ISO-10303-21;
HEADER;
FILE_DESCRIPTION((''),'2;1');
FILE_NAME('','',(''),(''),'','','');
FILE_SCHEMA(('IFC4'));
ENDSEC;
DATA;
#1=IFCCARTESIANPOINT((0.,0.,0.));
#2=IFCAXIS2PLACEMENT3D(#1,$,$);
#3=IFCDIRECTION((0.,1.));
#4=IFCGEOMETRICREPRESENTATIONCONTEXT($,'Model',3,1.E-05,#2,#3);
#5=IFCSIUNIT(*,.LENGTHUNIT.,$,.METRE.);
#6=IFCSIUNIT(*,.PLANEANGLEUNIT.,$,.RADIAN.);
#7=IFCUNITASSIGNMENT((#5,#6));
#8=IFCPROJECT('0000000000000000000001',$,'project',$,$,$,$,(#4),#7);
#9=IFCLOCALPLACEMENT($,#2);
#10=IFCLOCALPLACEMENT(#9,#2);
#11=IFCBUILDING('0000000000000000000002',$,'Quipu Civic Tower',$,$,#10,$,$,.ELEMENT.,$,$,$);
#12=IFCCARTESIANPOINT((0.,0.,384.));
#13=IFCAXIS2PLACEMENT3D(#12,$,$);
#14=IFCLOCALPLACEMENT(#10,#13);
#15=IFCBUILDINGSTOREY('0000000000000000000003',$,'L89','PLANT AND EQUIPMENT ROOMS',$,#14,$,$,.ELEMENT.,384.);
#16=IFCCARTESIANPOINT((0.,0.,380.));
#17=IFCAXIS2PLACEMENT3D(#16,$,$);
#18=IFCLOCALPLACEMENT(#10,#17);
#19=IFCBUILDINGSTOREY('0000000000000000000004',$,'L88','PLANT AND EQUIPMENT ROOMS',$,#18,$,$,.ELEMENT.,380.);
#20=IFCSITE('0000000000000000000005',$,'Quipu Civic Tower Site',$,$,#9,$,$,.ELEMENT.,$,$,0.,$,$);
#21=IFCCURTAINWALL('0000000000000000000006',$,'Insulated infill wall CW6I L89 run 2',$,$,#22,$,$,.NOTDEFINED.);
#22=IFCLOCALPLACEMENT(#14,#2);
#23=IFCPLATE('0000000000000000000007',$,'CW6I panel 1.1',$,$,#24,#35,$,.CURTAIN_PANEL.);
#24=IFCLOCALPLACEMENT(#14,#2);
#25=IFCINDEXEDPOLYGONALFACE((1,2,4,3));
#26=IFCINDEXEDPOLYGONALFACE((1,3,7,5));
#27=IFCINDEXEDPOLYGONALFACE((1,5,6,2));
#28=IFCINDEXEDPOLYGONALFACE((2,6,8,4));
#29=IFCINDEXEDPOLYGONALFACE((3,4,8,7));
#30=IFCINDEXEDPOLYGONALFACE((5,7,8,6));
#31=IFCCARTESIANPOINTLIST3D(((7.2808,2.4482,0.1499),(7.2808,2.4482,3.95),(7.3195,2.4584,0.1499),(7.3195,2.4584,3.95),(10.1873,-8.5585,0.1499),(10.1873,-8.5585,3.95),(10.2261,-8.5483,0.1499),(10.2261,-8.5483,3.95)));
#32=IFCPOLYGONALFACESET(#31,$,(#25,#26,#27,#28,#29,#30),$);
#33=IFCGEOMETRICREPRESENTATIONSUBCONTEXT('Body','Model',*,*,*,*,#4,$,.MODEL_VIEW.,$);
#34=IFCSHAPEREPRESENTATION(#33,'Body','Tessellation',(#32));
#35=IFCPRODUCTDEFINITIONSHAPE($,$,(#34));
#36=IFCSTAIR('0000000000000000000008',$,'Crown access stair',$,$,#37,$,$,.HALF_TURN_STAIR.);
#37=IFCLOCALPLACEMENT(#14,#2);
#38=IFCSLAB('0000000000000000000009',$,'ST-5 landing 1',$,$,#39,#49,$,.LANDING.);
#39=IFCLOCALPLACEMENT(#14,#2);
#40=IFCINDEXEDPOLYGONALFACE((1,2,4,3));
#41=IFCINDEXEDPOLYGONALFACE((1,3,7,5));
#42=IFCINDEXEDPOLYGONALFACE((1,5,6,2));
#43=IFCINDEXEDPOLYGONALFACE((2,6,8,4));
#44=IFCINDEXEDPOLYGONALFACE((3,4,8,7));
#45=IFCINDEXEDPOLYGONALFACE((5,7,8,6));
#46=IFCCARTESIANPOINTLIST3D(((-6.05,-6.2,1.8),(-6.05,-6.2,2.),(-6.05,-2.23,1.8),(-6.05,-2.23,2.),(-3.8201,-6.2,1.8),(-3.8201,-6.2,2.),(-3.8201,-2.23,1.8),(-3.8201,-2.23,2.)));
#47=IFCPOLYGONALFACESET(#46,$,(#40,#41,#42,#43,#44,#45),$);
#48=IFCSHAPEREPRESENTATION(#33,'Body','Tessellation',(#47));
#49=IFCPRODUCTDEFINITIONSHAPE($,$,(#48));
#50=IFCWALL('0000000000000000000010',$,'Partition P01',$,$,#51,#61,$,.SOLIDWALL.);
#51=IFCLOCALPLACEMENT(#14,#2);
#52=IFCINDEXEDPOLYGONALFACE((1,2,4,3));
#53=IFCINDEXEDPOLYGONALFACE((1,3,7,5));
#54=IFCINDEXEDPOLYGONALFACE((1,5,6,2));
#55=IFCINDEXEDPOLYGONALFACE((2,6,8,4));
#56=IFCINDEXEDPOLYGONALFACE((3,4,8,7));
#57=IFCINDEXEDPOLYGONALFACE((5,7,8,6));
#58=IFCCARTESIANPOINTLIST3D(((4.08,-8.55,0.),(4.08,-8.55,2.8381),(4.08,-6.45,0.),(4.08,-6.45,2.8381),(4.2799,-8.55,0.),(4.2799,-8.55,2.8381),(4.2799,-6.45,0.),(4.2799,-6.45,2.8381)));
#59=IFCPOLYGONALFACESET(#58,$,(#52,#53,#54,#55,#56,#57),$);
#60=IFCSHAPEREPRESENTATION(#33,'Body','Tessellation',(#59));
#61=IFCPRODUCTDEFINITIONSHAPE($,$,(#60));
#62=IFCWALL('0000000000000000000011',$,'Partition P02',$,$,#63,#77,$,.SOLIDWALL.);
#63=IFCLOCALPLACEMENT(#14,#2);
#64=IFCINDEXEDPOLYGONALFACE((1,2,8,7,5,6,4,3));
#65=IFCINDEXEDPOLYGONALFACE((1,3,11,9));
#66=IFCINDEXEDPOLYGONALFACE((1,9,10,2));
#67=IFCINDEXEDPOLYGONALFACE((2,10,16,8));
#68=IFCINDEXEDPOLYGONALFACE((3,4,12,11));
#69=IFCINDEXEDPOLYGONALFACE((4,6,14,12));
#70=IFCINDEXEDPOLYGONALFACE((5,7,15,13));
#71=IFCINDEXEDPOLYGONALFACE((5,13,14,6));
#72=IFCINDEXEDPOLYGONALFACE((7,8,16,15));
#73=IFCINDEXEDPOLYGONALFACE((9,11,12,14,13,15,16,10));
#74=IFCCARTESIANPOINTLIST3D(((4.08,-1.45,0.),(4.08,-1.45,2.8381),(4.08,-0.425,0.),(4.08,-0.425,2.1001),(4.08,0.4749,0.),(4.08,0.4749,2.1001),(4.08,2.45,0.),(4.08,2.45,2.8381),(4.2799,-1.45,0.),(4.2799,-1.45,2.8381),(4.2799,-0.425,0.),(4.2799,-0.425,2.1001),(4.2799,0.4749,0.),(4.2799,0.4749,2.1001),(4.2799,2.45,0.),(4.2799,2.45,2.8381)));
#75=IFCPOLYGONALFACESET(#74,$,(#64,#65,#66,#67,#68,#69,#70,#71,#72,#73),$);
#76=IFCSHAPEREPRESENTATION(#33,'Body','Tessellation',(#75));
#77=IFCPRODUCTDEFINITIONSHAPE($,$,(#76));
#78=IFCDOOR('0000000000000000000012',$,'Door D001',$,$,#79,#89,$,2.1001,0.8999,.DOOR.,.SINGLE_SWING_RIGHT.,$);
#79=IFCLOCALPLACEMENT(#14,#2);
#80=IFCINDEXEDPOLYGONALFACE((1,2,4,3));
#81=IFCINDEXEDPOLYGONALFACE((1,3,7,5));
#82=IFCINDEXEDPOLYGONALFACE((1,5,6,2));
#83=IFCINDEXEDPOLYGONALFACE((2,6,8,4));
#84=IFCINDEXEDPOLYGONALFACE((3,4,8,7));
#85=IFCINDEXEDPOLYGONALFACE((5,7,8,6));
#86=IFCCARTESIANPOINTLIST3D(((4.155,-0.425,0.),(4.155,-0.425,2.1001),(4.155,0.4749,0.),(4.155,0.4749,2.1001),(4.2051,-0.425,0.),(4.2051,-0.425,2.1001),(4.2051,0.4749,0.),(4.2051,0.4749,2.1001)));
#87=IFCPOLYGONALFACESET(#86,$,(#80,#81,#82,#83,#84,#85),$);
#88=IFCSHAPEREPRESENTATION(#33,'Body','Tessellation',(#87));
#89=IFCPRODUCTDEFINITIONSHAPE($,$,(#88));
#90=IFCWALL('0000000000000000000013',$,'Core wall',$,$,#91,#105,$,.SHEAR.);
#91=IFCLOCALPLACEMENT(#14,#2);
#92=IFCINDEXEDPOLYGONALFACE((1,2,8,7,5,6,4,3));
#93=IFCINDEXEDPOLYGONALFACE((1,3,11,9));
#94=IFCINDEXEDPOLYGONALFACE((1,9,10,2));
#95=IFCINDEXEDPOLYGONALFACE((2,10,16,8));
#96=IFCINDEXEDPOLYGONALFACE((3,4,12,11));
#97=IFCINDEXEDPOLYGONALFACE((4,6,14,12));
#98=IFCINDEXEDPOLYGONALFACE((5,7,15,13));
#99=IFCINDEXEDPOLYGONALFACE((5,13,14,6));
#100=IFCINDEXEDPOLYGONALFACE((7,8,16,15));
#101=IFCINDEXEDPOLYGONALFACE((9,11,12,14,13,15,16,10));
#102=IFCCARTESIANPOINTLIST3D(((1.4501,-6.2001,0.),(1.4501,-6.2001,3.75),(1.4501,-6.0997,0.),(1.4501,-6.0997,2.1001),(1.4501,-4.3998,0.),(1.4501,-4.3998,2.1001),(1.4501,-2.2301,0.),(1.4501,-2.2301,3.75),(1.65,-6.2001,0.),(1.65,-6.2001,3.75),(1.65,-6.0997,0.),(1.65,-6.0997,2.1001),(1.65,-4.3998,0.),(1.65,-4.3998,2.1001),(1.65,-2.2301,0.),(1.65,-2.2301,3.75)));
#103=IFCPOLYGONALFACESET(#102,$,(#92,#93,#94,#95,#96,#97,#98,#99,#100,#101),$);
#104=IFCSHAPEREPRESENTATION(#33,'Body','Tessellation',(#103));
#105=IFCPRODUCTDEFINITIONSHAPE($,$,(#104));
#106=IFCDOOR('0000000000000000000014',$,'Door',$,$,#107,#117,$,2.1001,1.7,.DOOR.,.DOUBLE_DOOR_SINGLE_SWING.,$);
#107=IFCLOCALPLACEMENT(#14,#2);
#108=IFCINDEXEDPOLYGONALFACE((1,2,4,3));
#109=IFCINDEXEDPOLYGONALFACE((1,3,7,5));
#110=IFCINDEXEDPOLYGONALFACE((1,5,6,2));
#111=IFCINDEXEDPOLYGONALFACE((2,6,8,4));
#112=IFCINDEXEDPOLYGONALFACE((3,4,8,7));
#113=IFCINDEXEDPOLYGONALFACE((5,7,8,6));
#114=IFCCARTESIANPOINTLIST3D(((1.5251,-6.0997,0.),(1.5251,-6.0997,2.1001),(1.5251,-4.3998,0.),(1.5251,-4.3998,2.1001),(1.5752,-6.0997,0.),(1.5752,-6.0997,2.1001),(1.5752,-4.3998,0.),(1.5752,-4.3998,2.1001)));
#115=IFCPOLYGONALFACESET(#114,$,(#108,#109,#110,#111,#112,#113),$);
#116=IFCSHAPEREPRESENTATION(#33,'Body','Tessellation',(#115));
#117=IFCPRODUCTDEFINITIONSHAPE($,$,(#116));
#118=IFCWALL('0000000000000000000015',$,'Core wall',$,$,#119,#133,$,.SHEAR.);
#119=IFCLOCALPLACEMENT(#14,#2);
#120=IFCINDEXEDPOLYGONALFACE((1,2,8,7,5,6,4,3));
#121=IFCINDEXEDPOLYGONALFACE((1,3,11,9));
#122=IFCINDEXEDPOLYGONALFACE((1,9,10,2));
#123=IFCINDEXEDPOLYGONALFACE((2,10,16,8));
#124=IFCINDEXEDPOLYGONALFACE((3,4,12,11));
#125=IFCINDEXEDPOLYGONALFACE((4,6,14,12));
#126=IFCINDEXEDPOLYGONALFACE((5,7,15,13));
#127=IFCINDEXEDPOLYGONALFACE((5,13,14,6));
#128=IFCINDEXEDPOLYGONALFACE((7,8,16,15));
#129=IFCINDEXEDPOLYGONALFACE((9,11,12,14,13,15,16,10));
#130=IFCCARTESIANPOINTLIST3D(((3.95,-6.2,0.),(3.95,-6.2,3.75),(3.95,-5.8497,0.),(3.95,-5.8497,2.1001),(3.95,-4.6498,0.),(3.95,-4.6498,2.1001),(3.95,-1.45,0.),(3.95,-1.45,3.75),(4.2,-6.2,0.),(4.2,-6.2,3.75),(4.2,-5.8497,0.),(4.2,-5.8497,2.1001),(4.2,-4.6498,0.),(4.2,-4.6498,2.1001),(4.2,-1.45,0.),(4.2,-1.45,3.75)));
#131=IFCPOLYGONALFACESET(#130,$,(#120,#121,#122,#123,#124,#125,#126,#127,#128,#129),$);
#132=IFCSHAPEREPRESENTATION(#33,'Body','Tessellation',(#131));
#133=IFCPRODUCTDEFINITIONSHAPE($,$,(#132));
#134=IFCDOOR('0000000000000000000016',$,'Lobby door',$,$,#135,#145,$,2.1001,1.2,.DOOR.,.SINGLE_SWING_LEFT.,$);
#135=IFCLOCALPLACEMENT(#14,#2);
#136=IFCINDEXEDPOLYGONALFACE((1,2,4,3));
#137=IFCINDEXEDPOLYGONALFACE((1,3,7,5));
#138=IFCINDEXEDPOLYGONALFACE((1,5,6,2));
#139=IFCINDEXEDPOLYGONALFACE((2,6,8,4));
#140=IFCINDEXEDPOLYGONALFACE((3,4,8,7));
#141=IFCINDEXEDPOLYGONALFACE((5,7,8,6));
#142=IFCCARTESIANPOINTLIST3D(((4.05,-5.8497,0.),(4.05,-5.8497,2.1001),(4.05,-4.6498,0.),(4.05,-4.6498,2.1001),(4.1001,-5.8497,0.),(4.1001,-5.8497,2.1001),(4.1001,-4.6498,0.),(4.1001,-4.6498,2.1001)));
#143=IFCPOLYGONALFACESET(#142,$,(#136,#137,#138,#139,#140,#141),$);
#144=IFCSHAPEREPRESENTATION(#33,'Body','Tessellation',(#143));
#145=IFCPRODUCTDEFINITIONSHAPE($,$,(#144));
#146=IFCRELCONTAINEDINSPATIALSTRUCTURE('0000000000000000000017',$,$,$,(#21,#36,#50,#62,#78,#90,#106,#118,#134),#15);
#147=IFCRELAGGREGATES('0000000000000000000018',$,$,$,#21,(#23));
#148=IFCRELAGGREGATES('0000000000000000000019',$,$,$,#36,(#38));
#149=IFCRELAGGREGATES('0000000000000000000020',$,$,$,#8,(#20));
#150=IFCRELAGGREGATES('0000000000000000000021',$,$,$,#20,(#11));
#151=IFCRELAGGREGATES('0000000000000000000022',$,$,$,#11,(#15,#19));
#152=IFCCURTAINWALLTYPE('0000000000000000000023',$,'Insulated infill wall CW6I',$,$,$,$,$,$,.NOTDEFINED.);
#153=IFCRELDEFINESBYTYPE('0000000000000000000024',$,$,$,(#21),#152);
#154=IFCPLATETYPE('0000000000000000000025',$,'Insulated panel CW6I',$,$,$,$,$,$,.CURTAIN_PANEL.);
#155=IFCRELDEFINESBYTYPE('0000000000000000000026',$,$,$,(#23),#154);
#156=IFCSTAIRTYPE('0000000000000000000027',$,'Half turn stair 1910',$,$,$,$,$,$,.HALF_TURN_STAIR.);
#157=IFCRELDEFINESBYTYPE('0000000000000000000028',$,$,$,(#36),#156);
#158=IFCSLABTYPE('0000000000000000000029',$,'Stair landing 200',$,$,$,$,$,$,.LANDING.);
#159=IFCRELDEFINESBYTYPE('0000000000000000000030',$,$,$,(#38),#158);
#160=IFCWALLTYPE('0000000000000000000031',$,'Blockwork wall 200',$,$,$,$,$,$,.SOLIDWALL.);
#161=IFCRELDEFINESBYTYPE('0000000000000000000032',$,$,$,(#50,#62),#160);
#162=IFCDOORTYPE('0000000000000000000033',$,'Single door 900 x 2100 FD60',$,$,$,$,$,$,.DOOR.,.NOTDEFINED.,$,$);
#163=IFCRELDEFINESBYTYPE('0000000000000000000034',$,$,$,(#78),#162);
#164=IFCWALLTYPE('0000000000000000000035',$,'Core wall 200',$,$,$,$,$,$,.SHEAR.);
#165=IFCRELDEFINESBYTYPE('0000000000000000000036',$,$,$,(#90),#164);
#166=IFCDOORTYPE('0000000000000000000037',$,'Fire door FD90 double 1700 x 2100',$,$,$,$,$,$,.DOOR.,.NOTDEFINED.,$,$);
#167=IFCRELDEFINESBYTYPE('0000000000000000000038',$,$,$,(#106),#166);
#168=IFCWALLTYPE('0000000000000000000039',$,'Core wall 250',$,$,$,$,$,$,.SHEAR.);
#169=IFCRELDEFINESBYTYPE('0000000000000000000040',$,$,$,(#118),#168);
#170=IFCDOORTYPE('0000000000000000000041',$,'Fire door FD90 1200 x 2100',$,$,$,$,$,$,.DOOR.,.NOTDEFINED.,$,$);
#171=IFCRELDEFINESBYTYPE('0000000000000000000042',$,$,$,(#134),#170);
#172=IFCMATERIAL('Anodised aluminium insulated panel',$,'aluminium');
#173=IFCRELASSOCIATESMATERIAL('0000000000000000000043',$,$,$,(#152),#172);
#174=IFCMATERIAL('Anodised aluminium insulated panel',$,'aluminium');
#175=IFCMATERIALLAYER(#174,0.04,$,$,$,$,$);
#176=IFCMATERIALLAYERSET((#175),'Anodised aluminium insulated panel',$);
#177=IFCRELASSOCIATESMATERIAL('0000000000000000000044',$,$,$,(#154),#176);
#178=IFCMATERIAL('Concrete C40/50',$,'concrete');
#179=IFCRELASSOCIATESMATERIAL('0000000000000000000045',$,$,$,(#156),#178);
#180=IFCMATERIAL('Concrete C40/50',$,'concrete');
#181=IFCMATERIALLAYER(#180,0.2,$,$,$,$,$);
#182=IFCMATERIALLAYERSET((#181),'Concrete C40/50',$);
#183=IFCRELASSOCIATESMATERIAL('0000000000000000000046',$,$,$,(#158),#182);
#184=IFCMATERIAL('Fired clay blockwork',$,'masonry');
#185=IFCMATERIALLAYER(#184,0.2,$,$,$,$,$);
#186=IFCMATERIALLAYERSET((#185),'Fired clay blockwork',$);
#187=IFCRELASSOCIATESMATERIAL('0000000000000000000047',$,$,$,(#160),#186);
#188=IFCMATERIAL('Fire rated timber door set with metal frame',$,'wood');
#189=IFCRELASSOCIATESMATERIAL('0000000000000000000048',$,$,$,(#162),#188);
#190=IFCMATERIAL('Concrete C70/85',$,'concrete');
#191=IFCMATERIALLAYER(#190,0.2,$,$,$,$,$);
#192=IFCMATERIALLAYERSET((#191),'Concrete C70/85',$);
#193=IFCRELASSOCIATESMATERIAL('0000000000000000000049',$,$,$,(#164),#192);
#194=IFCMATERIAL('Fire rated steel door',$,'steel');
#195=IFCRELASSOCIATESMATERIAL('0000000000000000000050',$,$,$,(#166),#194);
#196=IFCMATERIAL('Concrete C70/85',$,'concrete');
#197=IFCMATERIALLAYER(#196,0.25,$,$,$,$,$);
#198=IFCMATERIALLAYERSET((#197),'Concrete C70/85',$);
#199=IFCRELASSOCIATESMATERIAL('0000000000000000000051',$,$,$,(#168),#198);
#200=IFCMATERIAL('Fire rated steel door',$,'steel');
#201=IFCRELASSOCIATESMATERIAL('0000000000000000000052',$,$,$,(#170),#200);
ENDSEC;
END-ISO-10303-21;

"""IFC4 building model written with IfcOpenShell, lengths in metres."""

from ifc_helpers import new_model, si_unit, direction, frame, frame_2d, origin, origin_2d, place, context, subcontext, project, spatial, polyline, rectangle, outline, extrude, material, layer, layer_set, type_object, element, fill, aggregate, save


model = new_model("IFC4")

# Units and contexts
model_context = context("Model", 3, precision=1e-05, world=origin(), true_north=direction((0.0, 1.0)))
body_context = subcontext(model_context, "Body", "Model", "MODEL_VIEW")
ifc_project = project(units=[si_unit("LENGTHUNIT", "METRE"), si_unit("PLANEANGLEUNIT", "RADIAN")], contexts=[model_context])

# Site, building, storey
site_placement = place(None, origin())
site = spatial("IfcSite", under=ifc_project, at=site_placement, Name="Quipu Civic Tower Site", CompositionType="ELEMENT", RefElevation=0.0)
building_placement = place(site_placement, origin())
building = spatial("IfcBuilding", under=site, at=building_placement, Name="Quipu Civic Tower", CompositionType="ELEMENT")
storey_1_placement = place(building_placement, frame((0.0, 0.0, 384.0)))
storey_1 = spatial("IfcBuildingStorey", under=building, at=storey_1_placement, Name="L89", Description="PLANT AND EQUIPMENT ROOMS", CompositionType="ELEMENT", Elevation=384.0)

# Curtain wall
ifc_material_1 = material(Name="Anodised aluminium insulated panel", Category="aluminium")
curtain_wall_type_1 = type_object("IfcCurtainWallType", Name="Insulated infill wall CW6I", PredefinedType="NOTDEFINED", material=ifc_material_1)
curtain_wall_1_placement = place(storey_1_placement, origin())
curtain_wall_1 = element("IfcCurtainWall", 1, at=curtain_wall_1_placement, inside=storey_1, type_object=curtain_wall_type_1, Name="Insulated infill wall CW6I L89 run 2", PredefinedType="NOTDEFINED")

# Shared definitions
storey_2_placement = place(building_placement, frame((0.0, 0.0, 380.0)))
storey_2 = spatial("IfcBuildingStorey", under=building, at=storey_2_placement, Name="L88", Description="PLANT AND EQUIPMENT ROOMS", CompositionType="ELEMENT", Elevation=380.0)

# Plate
ifc_material_2 = material(Name="Anodised aluminium insulated panel", Category="aluminium")
ifc_layer_1 = layer(ifc_material_2, 0.04)
ifc_layer_set_1 = layer_set([ifc_layer_1], Name="Anodised aluminium insulated panel")
plate_type_1 = type_object("IfcPlateType", Name="Insulated panel CW6I", PredefinedType="CURTAIN_PANEL", material=ifc_layer_set_1)
plate_1_placement = place(storey_1_placement, frame((8.7534, -3.05, 0.1499), z_axis=(0.0, 0.0, 1.0), x_axis=(-0.255319, 0.966857, 0.0)))
plate_1 = element("IfcPlate", 2, at=plate_1_placement, type_object=plate_type_1, Name="CW6I panel 1.1", PredefinedType="CURTAIN_PANEL", context=body_context, shape_type="SweptSolid", body=[
    extrude(rectangle(XDim=11.384, YDim=0.04, at=origin_2d()), origin(), (0.0, 0.0, 1.0), 3.8),
])
aggregate(curtain_wall_1, [plate_1])

# Stair, slab
ifc_material_3 = material(Name="Concrete C40/50", Category="concrete")
stair_type = type_object("IfcStairType", Name="Half turn stair 1910", PredefinedType="HALF_TURN_STAIR", material=ifc_material_3)
stair_placement = place(storey_1_placement, origin())
stair = element("IfcStair", 3, at=stair_placement, inside=storey_1, type_object=stair_type, Name="Crown access stair", PredefinedType="HALF_TURN_STAIR")
ifc_material_4 = material(Name="Concrete C40/50", Category="concrete")
ifc_layer_2 = layer(ifc_material_4, 0.2)
ifc_layer_set_2 = layer_set([ifc_layer_2], Name="Concrete C40/50")
slab_type = type_object("IfcSlabType", Name="Stair landing 200", PredefinedType="LANDING", material=ifc_layer_set_2)
slab_placement = place(storey_1_placement, frame((0.0, 0.0, 1.8)))
slab = element("IfcSlab", 4, at=slab_placement, type_object=slab_type, Name="ST-5 landing 1", PredefinedType="LANDING", context=body_context, shape_type="SweptSolid", body=[
    extrude(outline(polyline([(-3.8201, -2.23), (-6.05, -2.23), (-6.05, -6.2), (-3.8201, -6.2), (-3.8201, -2.23)])), origin(), (0.0, 0.0, 1.0), 0.2),
])
aggregate(stair, [slab])

# Wall
ifc_material_5 = material(Name="Fired clay blockwork", Category="masonry")
ifc_layer_3 = layer(ifc_material_5, 0.2)
ifc_layer_set_3 = layer_set([ifc_layer_3], Name="Fired clay blockwork")
wall_type_1 = type_object("IfcWallType", Name="Blockwork wall 200", PredefinedType="SOLIDWALL", material=ifc_layer_set_3)
wall_1_placement = place(storey_1_placement, frame((4.1799, -8.55, 0.0), z_axis=(0.0, 0.0, 1.0), x_axis=(0.0, 1.0, 0.0)))
element("IfcWall", 5, at=wall_1_placement, inside=storey_1, type_object=wall_type_1, Name="Partition P01", PredefinedType="SOLIDWALL", context=body_context, shape_type="SweptSolid", body=[
    extrude(rectangle(XDim=2.1001, YDim=0.2, at=frame_2d((1.05, 0.0))), origin(), (0.0, 0.0, 1.0), 2.8381),
])

# Walls, openings, doors
wall_2_placement = place(storey_1_placement, frame((4.1799, -1.45, 0.0), z_axis=(0.0, 0.0, 1.0), x_axis=(0.0, 1.0, 0.0)))
wall_2 = element("IfcWall", 6, at=wall_2_placement, inside=storey_1, type_object=wall_type_1, Name="Partition P02", PredefinedType="SOLIDWALL", context=body_context, shape_type="SweptSolid", body=[
    extrude(rectangle(XDim=3.8999, YDim=0.2, at=frame_2d((1.95, 0.0))), origin(), (0.0, 0.0, 1.0), 2.8381),
])
opening_1_placement = place(wall_2_placement, frame((1.0249, 0.0, 0.0)))
opening_1 = element("IfcOpeningElement", 7, at=opening_1_placement, cuts=wall_2, PredefinedType="OPENING", context=body_context, shape_type="SweptSolid", body=[
    extrude(rectangle(XDim=0.8999, YDim=2.1001, at=frame_2d((0.45, 1.05))), frame((0.0, 0.1099, 0.0), z_axis=(0.0, -1.0, 0.0), x_axis=(1.0, 0.0, 0.0)), (0.0, 0.0, 1.0), 0.22),
])
ifc_material_6 = material(Name="Fire rated timber door set with metal frame", Category="wood")
door_type_1 = type_object("IfcDoorType", Name="Single door 900 x 2100 FD60", OperationType="NOTDEFINED", PredefinedType="DOOR", material=ifc_material_6)
door_1_placement = place(opening_1_placement, origin())
door_1 = element("IfcDoor", 8, at=door_1_placement, inside=storey_1, type_object=door_type_1, Name="Door D001", OperationType="SINGLE_SWING_RIGHT", OverallHeight=2.1001, OverallWidth=0.8999, PredefinedType="DOOR", context=body_context, shape_type="SweptSolid", body=[
    extrude(rectangle(XDim=0.8999, YDim=2.1001, at=frame_2d((0.45, 1.05))), frame((0.0, 0.0249, 0.0), z_axis=(0.0, -1.0, 0.0), x_axis=(1.0, 0.0, 0.0)), (0.0, 0.0, 1.0), 0.05),
])
fill(opening_1, door_1)
ifc_material_7 = material(Name="Concrete C70/85", Category="concrete")
ifc_layer_4 = layer(ifc_material_7, 0.2)
ifc_layer_set_4 = layer_set([ifc_layer_4], Name="Concrete C70/85")
wall_type_2 = type_object("IfcWallType", Name="Core wall 200", PredefinedType="SHEAR", material=ifc_layer_set_4)
wall_3_placement = place(storey_1_placement, frame((1.55, -6.2, 0.0), z_axis=(0.0, 0.0, 1.0), x_axis=(0.0, 1.0, 0.0)))
wall_3 = element("IfcWall", 9, at=wall_3_placement, inside=storey_1, type_object=wall_type_2, Name="Core wall", PredefinedType="SHEAR", context=body_context, shape_type="SweptSolid", body=[
    extrude(rectangle(XDim=3.97, YDim=0.2, at=frame_2d((1.9849, 0.0))), origin(), (0.0, 0.0, 1.0), 3.75),
])
opening_2_placement = place(wall_3_placement, frame((0.1001, 0.0, 0.0)))
opening_2 = element("IfcOpeningElement", 10, at=opening_2_placement, cuts=wall_3, PredefinedType="OPENING", context=body_context, shape_type="SweptSolid", body=[
    extrude(rectangle(XDim=1.7, YDim=2.1001, at=frame_2d((0.8501, 1.05))), frame((0.0, 0.1099, 0.0), z_axis=(0.0, -1.0, 0.0), x_axis=(1.0, 0.0, 0.0)), (0.0, 0.0, 1.0), 0.22),
])
ifc_material_8 = material(Name="Fire rated steel door", Category="steel")
door_type_2 = type_object("IfcDoorType", Name="Fire door FD90 double 1700 x 2100", OperationType="NOTDEFINED", PredefinedType="DOOR", material=ifc_material_8)
door_2_placement = place(opening_2_placement, origin())
door_2 = element("IfcDoor", 11, at=door_2_placement, inside=storey_1, type_object=door_type_2, Name="Door", OperationType="DOUBLE_DOOR_SINGLE_SWING", OverallHeight=2.1001, OverallWidth=1.7, PredefinedType="DOOR", context=body_context, shape_type="SweptSolid", body=[
    extrude(rectangle(XDim=1.7, YDim=2.1001, at=frame_2d((0.8501, 1.05))), frame((0.0, 0.0249, 0.0), z_axis=(0.0, -1.0, 0.0), x_axis=(1.0, 0.0, 0.0)), (0.0, 0.0, 1.0), 0.05),
])
fill(opening_2, door_2)
ifc_material_9 = material(Name="Concrete C70/85", Category="concrete")
ifc_layer_5 = layer(ifc_material_9, 0.25)
ifc_layer_set_5 = layer_set([ifc_layer_5], Name="Concrete C70/85")
wall_type_3 = type_object("IfcWallType", Name="Core wall 250", PredefinedType="SHEAR", material=ifc_layer_set_5)
wall_4_placement = place(storey_1_placement, frame((4.075, -6.2, 0.0), z_axis=(0.0, 0.0, 1.0), x_axis=(0.0, 1.0, 0.0)))
wall_4 = element("IfcWall", 12, at=wall_4_placement, inside=storey_1, type_object=wall_type_3, Name="Core wall", PredefinedType="SHEAR", context=body_context, shape_type="SweptSolid", body=[
    extrude(rectangle(XDim=4.75, YDim=0.25, at=frame_2d((2.375, 0.0))), origin(), (0.0, 0.0, 1.0), 3.75),
])
opening_3_placement = place(wall_4_placement, frame((0.3501, 0.0, 0.0)))
opening_3 = element("IfcOpeningElement", 13, at=opening_3_placement, cuts=wall_4, PredefinedType="OPENING", context=body_context, shape_type="SweptSolid", body=[
    extrude(rectangle(XDim=1.2, YDim=2.1001, at=frame_2d((0.6001, 1.05))), frame((0.0, 0.135, 0.0), z_axis=(0.0, -1.0, 0.0), x_axis=(1.0, 0.0, 0.0)), (0.0, 0.0, 1.0), 0.27),
])
ifc_material_10 = material(Name="Fire rated steel door", Category="steel")
door_type_3 = type_object("IfcDoorType", Name="Fire door FD90 1200 x 2100", OperationType="NOTDEFINED", PredefinedType="DOOR", material=ifc_material_10)
door_3_placement = place(opening_3_placement, origin())
door_3 = element("IfcDoor", 14, at=door_3_placement, inside=storey_1, type_object=door_type_3, Name="Lobby door", OperationType="SINGLE_SWING_LEFT", OverallHeight=2.1001, OverallWidth=1.2, PredefinedType="DOOR", context=body_context, shape_type="SweptSolid", body=[
    extrude(rectangle(XDim=1.2, YDim=2.1001, at=frame_2d((0.6001, 1.05))), frame((0.0, 0.0249, 0.0), z_axis=(0.0, -1.0, 0.0), x_axis=(1.0, 0.0, 0.0)), (0.0, 0.0, 1.0), 0.05),
])
fill(opening_3, door_3)

save(model, "model.ifc")
